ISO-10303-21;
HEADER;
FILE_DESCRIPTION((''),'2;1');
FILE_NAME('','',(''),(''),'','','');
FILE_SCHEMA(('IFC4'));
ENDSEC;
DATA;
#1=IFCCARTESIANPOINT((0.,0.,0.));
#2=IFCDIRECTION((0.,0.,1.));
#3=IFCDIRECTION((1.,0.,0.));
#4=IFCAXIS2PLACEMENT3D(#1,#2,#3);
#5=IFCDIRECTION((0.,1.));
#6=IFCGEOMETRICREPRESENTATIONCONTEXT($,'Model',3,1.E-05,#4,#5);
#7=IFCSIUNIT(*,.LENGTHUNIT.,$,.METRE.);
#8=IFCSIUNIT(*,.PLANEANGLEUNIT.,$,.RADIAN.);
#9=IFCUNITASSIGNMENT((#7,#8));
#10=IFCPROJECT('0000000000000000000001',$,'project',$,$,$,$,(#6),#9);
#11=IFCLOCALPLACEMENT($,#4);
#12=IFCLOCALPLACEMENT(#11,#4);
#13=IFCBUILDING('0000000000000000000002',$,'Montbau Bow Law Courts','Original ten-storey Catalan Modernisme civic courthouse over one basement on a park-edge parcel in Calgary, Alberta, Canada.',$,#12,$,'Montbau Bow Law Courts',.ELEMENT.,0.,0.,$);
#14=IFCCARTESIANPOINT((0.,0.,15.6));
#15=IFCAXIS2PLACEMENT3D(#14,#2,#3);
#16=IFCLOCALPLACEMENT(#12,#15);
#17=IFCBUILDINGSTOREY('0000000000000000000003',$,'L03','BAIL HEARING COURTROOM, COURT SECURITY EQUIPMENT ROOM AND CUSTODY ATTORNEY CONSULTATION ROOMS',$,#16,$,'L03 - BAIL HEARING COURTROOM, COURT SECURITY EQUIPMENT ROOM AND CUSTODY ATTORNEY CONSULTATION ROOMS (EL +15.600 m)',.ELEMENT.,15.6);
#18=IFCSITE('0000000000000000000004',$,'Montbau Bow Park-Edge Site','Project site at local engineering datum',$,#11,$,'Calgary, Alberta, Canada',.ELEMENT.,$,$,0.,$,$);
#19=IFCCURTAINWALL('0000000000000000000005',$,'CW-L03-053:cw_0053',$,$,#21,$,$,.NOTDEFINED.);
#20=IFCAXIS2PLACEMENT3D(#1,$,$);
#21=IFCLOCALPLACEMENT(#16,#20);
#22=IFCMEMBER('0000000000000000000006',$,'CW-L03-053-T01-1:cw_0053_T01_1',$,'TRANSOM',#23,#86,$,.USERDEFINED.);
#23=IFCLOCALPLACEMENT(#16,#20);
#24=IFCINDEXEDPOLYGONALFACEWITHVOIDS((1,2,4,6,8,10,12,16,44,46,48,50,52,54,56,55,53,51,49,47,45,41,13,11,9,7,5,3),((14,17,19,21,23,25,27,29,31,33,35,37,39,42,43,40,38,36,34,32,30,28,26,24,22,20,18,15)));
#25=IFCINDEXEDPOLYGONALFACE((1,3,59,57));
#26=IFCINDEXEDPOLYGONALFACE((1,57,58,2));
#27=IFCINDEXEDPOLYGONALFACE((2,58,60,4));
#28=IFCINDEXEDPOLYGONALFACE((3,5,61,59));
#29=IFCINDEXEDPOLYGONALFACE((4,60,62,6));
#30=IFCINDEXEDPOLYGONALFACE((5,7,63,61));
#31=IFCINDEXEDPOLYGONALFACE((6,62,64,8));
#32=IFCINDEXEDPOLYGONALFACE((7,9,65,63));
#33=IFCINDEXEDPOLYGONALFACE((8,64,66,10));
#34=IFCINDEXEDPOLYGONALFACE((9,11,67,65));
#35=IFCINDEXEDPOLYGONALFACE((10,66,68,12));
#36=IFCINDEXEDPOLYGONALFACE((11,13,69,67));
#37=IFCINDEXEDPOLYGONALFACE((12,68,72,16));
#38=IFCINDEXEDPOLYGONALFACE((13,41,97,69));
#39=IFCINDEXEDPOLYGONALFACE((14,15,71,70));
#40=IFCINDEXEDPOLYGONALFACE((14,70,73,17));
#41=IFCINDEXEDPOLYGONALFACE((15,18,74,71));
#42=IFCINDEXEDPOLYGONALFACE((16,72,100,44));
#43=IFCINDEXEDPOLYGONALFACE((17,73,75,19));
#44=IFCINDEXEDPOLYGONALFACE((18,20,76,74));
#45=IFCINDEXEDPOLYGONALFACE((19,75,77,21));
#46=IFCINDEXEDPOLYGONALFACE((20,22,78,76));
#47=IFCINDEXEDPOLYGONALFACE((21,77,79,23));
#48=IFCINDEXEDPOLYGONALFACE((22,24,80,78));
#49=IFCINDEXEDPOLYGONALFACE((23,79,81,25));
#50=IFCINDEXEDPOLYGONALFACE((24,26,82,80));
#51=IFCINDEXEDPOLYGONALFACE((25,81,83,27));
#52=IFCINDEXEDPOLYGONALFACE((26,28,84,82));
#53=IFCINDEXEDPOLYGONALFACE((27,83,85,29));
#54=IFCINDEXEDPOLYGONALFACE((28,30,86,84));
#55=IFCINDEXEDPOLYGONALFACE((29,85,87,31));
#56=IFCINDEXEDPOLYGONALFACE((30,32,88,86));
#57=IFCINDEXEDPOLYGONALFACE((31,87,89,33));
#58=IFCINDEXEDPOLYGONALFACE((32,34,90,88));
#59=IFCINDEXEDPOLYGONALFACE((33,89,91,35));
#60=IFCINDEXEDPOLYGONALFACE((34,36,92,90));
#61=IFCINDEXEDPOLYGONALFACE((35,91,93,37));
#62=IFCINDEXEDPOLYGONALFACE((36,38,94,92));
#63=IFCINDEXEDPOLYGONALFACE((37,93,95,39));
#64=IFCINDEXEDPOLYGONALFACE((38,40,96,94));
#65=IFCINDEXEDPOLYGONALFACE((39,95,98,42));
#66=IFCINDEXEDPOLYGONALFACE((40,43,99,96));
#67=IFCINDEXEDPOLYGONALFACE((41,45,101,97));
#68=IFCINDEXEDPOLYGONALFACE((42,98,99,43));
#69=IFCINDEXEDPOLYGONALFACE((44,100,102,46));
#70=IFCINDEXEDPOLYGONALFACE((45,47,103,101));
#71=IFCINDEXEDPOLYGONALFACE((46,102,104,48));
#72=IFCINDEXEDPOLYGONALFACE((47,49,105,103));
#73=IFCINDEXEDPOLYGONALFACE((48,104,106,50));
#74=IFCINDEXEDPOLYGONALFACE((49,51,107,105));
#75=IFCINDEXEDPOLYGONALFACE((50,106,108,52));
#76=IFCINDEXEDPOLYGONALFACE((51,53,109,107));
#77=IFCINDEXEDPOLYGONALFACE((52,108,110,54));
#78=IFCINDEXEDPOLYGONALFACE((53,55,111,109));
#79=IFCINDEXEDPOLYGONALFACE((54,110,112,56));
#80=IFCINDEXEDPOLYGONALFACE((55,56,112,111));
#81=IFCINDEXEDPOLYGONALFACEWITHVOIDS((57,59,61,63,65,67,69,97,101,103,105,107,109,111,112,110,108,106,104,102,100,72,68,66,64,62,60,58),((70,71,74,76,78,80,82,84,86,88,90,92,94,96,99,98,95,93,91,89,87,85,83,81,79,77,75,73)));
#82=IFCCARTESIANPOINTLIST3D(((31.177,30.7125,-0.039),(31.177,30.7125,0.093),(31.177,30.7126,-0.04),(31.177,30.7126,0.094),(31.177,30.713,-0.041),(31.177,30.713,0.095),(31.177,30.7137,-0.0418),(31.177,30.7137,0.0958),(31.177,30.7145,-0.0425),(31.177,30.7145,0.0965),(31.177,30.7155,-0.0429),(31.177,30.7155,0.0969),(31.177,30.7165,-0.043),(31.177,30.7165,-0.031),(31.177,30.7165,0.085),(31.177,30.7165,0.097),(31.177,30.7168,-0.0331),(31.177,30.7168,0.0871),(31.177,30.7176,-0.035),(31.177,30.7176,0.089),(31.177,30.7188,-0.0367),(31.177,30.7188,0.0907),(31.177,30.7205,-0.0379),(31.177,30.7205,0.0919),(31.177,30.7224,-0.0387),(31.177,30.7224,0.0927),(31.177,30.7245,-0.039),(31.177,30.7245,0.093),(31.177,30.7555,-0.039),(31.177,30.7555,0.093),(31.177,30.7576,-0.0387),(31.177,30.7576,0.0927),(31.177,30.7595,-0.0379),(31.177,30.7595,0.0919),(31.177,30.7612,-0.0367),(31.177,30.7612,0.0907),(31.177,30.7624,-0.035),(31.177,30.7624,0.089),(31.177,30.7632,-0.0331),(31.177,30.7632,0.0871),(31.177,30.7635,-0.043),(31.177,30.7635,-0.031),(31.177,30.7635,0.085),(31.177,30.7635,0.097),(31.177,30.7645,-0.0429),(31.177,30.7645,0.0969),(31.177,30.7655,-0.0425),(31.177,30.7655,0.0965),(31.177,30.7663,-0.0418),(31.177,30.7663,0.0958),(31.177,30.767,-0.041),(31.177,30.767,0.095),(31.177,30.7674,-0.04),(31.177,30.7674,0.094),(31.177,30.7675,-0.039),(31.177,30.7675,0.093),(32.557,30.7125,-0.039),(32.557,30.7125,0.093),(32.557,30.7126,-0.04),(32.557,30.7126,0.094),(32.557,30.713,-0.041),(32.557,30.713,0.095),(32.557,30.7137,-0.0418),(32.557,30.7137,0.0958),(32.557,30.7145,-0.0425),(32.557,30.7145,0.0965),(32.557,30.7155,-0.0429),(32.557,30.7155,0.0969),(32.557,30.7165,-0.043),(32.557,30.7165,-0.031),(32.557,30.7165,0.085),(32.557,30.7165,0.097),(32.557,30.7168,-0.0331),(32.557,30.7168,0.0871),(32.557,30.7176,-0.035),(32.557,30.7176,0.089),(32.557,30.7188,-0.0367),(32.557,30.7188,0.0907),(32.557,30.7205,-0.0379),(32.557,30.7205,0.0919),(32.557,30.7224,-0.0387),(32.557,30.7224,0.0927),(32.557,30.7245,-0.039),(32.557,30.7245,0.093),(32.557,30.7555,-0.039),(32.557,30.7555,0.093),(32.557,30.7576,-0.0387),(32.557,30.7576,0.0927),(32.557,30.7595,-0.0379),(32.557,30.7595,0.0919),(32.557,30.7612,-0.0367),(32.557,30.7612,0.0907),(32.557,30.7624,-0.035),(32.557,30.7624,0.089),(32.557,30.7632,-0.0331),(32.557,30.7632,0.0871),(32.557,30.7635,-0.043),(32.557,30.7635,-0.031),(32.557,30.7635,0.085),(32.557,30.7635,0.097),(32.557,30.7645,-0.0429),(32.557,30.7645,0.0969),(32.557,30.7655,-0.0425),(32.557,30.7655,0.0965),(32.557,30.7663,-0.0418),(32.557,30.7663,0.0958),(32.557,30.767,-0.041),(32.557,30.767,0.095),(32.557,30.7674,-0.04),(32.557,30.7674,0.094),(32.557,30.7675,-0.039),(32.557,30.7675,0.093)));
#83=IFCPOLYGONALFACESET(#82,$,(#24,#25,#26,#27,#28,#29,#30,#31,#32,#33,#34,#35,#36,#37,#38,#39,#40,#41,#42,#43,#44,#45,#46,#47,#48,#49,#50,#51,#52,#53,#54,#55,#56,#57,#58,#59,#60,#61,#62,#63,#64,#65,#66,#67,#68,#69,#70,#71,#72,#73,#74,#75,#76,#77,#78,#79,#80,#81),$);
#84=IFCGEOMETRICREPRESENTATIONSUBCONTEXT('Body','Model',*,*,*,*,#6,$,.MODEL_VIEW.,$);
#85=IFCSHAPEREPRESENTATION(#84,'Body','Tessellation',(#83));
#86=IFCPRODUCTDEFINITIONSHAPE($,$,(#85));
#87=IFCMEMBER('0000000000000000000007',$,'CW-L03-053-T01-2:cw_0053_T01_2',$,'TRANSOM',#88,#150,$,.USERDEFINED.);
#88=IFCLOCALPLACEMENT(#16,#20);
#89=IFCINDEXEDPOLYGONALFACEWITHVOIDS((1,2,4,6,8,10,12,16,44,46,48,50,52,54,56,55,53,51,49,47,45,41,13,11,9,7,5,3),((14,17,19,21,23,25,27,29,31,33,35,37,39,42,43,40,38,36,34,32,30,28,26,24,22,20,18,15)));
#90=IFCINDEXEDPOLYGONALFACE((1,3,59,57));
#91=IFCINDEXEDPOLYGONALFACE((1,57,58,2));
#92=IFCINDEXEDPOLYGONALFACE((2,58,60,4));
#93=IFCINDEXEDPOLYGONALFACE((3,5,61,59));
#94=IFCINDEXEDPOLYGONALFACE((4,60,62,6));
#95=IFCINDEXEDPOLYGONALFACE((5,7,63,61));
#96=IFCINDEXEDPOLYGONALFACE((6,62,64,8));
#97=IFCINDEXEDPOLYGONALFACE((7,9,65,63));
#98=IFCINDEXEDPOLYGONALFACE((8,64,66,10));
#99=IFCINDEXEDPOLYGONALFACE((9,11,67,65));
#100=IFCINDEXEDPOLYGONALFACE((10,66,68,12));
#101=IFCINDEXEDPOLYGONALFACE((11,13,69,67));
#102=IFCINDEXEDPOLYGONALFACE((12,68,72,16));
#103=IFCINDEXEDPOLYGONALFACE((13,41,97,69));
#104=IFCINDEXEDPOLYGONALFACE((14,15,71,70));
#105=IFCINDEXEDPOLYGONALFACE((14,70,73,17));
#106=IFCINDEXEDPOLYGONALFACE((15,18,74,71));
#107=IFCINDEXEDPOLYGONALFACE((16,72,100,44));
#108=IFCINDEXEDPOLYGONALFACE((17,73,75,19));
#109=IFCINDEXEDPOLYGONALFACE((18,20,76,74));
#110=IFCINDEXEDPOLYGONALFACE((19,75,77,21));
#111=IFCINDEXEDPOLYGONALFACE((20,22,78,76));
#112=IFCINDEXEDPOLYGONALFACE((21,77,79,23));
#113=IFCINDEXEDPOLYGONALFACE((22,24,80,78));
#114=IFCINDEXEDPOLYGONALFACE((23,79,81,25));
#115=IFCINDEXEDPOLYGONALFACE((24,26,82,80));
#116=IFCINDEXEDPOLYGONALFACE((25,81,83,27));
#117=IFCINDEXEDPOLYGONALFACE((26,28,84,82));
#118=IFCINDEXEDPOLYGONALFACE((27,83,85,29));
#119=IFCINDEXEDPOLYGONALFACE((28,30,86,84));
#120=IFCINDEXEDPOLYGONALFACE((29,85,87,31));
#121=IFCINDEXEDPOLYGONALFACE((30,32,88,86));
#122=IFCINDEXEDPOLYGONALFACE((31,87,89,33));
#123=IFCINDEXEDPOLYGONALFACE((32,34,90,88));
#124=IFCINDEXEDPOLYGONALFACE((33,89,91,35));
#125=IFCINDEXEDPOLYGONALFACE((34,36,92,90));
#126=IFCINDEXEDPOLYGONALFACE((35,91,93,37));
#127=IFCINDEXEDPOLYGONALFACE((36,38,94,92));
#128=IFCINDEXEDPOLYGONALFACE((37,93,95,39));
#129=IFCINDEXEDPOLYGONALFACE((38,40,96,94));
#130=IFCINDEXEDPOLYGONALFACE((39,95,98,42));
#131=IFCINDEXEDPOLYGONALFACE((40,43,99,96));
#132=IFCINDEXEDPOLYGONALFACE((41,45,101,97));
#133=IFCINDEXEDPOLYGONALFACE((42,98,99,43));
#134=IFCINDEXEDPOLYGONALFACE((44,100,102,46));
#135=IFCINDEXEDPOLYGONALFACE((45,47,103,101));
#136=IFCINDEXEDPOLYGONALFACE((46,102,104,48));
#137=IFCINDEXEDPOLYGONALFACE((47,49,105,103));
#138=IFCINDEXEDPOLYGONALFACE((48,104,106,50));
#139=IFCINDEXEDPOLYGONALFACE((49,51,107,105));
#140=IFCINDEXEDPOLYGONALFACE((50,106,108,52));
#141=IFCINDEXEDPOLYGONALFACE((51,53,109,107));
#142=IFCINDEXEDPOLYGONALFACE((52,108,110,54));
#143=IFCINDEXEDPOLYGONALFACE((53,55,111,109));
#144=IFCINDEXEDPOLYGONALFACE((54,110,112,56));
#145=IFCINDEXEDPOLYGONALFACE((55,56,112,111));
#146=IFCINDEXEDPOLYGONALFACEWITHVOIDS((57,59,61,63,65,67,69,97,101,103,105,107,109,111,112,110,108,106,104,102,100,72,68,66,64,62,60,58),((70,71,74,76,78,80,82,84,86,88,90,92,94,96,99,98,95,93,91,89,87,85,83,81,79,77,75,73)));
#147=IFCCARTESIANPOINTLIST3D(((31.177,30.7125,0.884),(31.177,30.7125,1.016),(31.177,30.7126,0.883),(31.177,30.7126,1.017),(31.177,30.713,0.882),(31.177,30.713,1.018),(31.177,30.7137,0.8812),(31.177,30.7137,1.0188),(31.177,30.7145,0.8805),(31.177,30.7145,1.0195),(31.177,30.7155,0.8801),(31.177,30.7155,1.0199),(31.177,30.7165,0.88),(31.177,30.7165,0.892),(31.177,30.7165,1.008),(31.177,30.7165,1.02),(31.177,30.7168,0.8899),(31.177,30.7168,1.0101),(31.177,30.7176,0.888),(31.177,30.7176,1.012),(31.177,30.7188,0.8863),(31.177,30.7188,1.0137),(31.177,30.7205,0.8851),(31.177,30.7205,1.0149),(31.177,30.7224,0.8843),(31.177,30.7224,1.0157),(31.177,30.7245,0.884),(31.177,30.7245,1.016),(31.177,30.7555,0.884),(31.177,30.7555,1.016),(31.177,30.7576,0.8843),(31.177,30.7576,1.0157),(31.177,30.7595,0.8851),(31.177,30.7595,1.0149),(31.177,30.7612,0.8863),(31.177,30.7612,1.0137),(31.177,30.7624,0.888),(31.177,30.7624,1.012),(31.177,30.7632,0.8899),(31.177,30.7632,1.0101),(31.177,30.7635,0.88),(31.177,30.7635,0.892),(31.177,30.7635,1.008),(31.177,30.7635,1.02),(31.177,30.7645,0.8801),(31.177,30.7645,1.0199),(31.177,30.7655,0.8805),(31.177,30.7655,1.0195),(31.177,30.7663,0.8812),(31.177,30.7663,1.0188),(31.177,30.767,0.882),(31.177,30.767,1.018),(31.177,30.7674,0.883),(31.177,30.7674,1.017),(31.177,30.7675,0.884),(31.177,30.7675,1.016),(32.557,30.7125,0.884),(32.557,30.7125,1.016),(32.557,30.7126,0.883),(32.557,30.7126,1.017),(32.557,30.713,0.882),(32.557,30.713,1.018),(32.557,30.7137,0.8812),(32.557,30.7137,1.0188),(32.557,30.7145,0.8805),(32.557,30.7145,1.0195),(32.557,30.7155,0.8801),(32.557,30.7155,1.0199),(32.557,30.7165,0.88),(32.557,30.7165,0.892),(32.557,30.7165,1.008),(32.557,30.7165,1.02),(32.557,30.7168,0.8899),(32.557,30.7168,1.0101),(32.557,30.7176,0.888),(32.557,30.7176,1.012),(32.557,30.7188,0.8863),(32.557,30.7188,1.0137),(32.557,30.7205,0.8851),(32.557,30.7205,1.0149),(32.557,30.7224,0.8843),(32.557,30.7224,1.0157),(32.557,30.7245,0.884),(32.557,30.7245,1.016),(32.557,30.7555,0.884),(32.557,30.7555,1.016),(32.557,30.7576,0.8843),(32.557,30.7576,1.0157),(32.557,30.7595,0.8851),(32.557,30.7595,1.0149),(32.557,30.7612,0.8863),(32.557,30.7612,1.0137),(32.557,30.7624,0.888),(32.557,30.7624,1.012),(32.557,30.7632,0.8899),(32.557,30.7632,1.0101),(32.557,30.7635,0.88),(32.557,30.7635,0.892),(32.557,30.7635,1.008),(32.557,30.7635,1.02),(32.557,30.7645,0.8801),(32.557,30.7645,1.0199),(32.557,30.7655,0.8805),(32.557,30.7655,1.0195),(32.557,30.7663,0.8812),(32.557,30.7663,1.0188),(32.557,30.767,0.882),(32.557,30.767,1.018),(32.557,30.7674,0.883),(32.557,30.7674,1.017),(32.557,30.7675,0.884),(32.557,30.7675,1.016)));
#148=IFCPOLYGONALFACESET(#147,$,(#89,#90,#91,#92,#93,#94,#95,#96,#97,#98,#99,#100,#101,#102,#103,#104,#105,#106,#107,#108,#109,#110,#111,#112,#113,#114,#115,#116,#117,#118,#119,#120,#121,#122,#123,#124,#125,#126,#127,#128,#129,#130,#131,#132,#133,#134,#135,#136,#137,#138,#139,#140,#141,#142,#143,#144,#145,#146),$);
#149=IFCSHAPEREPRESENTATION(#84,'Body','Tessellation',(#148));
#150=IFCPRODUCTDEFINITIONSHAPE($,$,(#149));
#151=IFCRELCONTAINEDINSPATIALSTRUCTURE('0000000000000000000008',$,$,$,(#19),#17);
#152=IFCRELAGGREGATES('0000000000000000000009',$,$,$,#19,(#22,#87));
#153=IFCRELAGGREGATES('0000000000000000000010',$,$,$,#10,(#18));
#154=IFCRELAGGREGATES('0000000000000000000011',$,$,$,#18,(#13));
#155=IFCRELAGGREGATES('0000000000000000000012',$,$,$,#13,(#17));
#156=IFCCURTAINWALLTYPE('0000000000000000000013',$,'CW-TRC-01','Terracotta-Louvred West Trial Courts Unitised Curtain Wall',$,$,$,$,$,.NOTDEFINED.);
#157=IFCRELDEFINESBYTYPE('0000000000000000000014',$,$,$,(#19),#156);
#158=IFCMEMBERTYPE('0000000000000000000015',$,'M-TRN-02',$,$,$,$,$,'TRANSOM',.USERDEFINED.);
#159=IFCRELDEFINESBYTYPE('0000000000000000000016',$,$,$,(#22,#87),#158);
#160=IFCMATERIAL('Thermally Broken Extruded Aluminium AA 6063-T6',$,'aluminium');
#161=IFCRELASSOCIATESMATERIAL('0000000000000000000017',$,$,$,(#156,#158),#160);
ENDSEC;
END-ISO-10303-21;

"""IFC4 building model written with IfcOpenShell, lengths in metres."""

from ifc_helpers import new_model, si_unit, direction, frame, origin_with_axes, origin_2d_with_axis, place, context, subcontext, project, spatial, hollow_rectangle, extrude, material, material_profile, profile_set, type_object, element, aggregate, save


model = new_model("IFC4")

# Units and contexts
model_context = context("Model", 3, precision=1e-05, world=origin_with_axes(), true_north=direction((0.0, 1.0)))
body_context = subcontext(model_context, "Body", "Model", "MODEL_VIEW")
ifc_project = project(units=[si_unit("LENGTHUNIT", "METRE"), si_unit("PLANEANGLEUNIT", "RADIAN")], contexts=[model_context])

# Site, building, storey
site_placement = place(None, origin_with_axes())
site = spatial("IfcSite", under=ifc_project, at=site_placement, Name="Montbau Bow Park-Edge Site", Description="Project site at local engineering datum", LongName="Calgary, Alberta, Canada", CompositionType="ELEMENT", RefElevation=0.0)
building_placement = place(site_placement, origin_with_axes())
building = spatial("IfcBuilding", under=site, at=building_placement, Name="Montbau Bow Law Courts", Description="Original ten-storey Catalan Modernisme civic courthouse over one basement on a park-edge parcel in Calgary, Alberta, Canada.", LongName="Montbau Bow Law Courts", CompositionType="ELEMENT", ElevationOfRefHeight=0.0, ElevationOfTerrain=0.0)
storey_placement = place(building_placement, frame((0.0, 0.0, 15.6), z_axis=(0.0, 0.0, 1.0), x_axis=(1.0, 0.0, 0.0)))
storey = spatial("IfcBuildingStorey", under=building, at=storey_placement, Name="L03", Description="BAIL HEARING COURTROOM, COURT SECURITY EQUIPMENT ROOM AND CUSTODY ATTORNEY CONSULTATION ROOMS", LongName="L03 - BAIL HEARING COURTROOM, COURT SECURITY EQUIPMENT ROOM AND CUSTODY ATTORNEY CONSULTATION ROOMS (EL +15.600 m)", CompositionType="ELEMENT", Elevation=15.6)

# Shared definitions
ifc_material_1 = material(Name="Thermally Broken Extruded Aluminium AA 6063-T6", Category="aluminium")
curtain_wall_type = type_object("IfcCurtainWallType", Name="CW-TRC-01", Description="Terracotta-Louvred West Trial Courts Unitised Curtain Wall", PredefinedType="NOTDEFINED", material=ifc_material_1)

# Curtain wall, members
curtain_wall_1_placement = place(None, frame((31.115, 30.74, 15.6), z_axis=(0.0, 0.0, 1.0), x_axis=(1.0, 0.0, 0.0)))
curtain_wall_1 = element("IfcCurtainWall", 1, at=curtain_wall_1_placement, inside=storey, type_object=curtain_wall_type, Name="CW-L03-053:cw_0053", PredefinedType="NOTDEFINED")
ifc_material_profile_1 = material_profile(ifc_material_1, hollow_rectangle(XDim=0.055, YDim=0.14, WallThickness=0.004, InnerFilletRadius=0.008, OuterFilletRadius=0.004, at=origin_2d_with_axis()), Name="CWT-140X55", Category="Main", Priority=0)
ifc_profile_set_1 = profile_set([ifc_material_profile_1], Name="Thermally Broken Extruded Aluminium AA 6063-T6")
member_type_1 = type_object("IfcMemberType", Name="M-TRN-02", ElementType="TRANSOM", PredefinedType="USERDEFINED", material=ifc_profile_set_1)
member_1_placement = place(None, frame((31.177, 30.74, 15.627), z_axis=(1.0, 0.0, 0.0), x_axis=(0.0, 1.0, 0.0)))
member_1 = element("IfcMember", 2, at=member_1_placement, type_object=member_type_1, Name="CW-L03-053-T01-1:cw_0053_T01_1", ObjectType="TRANSOM", PredefinedType="USERDEFINED", context=body_context, shape_type="SweptSolid", body=[
    extrude(hollow_rectangle(XDim=0.055, YDim=0.14, WallThickness=0.004, InnerFilletRadius=0.008, OuterFilletRadius=0.004, at=origin_2d_with_axis()), origin_with_axes(), (0.0, 0.0, 1.0), 1.38),
])
member_2_placement = place(None, frame((31.177, 30.74, 16.55), z_axis=(1.0, 0.0, 0.0), x_axis=(0.0, 1.0, 0.0)))
member_2 = element("IfcMember", 3, at=member_2_placement, type_object=member_type_1, Name="CW-L03-053-T01-2:cw_0053_T01_2", ObjectType="TRANSOM", PredefinedType="USERDEFINED", context=body_context, shape_type="SweptSolid", body=[
    extrude(hollow_rectangle(XDim=0.055, YDim=0.14, WallThickness=0.004, InnerFilletRadius=0.008, OuterFilletRadius=0.004, at=origin_2d_with_axis()), origin_with_axes(), (0.0, 0.0, 1.0), 1.38),
])
aggregate(curtain_wall_1, [member_1, member_2])

save(model, "model.ifc")
